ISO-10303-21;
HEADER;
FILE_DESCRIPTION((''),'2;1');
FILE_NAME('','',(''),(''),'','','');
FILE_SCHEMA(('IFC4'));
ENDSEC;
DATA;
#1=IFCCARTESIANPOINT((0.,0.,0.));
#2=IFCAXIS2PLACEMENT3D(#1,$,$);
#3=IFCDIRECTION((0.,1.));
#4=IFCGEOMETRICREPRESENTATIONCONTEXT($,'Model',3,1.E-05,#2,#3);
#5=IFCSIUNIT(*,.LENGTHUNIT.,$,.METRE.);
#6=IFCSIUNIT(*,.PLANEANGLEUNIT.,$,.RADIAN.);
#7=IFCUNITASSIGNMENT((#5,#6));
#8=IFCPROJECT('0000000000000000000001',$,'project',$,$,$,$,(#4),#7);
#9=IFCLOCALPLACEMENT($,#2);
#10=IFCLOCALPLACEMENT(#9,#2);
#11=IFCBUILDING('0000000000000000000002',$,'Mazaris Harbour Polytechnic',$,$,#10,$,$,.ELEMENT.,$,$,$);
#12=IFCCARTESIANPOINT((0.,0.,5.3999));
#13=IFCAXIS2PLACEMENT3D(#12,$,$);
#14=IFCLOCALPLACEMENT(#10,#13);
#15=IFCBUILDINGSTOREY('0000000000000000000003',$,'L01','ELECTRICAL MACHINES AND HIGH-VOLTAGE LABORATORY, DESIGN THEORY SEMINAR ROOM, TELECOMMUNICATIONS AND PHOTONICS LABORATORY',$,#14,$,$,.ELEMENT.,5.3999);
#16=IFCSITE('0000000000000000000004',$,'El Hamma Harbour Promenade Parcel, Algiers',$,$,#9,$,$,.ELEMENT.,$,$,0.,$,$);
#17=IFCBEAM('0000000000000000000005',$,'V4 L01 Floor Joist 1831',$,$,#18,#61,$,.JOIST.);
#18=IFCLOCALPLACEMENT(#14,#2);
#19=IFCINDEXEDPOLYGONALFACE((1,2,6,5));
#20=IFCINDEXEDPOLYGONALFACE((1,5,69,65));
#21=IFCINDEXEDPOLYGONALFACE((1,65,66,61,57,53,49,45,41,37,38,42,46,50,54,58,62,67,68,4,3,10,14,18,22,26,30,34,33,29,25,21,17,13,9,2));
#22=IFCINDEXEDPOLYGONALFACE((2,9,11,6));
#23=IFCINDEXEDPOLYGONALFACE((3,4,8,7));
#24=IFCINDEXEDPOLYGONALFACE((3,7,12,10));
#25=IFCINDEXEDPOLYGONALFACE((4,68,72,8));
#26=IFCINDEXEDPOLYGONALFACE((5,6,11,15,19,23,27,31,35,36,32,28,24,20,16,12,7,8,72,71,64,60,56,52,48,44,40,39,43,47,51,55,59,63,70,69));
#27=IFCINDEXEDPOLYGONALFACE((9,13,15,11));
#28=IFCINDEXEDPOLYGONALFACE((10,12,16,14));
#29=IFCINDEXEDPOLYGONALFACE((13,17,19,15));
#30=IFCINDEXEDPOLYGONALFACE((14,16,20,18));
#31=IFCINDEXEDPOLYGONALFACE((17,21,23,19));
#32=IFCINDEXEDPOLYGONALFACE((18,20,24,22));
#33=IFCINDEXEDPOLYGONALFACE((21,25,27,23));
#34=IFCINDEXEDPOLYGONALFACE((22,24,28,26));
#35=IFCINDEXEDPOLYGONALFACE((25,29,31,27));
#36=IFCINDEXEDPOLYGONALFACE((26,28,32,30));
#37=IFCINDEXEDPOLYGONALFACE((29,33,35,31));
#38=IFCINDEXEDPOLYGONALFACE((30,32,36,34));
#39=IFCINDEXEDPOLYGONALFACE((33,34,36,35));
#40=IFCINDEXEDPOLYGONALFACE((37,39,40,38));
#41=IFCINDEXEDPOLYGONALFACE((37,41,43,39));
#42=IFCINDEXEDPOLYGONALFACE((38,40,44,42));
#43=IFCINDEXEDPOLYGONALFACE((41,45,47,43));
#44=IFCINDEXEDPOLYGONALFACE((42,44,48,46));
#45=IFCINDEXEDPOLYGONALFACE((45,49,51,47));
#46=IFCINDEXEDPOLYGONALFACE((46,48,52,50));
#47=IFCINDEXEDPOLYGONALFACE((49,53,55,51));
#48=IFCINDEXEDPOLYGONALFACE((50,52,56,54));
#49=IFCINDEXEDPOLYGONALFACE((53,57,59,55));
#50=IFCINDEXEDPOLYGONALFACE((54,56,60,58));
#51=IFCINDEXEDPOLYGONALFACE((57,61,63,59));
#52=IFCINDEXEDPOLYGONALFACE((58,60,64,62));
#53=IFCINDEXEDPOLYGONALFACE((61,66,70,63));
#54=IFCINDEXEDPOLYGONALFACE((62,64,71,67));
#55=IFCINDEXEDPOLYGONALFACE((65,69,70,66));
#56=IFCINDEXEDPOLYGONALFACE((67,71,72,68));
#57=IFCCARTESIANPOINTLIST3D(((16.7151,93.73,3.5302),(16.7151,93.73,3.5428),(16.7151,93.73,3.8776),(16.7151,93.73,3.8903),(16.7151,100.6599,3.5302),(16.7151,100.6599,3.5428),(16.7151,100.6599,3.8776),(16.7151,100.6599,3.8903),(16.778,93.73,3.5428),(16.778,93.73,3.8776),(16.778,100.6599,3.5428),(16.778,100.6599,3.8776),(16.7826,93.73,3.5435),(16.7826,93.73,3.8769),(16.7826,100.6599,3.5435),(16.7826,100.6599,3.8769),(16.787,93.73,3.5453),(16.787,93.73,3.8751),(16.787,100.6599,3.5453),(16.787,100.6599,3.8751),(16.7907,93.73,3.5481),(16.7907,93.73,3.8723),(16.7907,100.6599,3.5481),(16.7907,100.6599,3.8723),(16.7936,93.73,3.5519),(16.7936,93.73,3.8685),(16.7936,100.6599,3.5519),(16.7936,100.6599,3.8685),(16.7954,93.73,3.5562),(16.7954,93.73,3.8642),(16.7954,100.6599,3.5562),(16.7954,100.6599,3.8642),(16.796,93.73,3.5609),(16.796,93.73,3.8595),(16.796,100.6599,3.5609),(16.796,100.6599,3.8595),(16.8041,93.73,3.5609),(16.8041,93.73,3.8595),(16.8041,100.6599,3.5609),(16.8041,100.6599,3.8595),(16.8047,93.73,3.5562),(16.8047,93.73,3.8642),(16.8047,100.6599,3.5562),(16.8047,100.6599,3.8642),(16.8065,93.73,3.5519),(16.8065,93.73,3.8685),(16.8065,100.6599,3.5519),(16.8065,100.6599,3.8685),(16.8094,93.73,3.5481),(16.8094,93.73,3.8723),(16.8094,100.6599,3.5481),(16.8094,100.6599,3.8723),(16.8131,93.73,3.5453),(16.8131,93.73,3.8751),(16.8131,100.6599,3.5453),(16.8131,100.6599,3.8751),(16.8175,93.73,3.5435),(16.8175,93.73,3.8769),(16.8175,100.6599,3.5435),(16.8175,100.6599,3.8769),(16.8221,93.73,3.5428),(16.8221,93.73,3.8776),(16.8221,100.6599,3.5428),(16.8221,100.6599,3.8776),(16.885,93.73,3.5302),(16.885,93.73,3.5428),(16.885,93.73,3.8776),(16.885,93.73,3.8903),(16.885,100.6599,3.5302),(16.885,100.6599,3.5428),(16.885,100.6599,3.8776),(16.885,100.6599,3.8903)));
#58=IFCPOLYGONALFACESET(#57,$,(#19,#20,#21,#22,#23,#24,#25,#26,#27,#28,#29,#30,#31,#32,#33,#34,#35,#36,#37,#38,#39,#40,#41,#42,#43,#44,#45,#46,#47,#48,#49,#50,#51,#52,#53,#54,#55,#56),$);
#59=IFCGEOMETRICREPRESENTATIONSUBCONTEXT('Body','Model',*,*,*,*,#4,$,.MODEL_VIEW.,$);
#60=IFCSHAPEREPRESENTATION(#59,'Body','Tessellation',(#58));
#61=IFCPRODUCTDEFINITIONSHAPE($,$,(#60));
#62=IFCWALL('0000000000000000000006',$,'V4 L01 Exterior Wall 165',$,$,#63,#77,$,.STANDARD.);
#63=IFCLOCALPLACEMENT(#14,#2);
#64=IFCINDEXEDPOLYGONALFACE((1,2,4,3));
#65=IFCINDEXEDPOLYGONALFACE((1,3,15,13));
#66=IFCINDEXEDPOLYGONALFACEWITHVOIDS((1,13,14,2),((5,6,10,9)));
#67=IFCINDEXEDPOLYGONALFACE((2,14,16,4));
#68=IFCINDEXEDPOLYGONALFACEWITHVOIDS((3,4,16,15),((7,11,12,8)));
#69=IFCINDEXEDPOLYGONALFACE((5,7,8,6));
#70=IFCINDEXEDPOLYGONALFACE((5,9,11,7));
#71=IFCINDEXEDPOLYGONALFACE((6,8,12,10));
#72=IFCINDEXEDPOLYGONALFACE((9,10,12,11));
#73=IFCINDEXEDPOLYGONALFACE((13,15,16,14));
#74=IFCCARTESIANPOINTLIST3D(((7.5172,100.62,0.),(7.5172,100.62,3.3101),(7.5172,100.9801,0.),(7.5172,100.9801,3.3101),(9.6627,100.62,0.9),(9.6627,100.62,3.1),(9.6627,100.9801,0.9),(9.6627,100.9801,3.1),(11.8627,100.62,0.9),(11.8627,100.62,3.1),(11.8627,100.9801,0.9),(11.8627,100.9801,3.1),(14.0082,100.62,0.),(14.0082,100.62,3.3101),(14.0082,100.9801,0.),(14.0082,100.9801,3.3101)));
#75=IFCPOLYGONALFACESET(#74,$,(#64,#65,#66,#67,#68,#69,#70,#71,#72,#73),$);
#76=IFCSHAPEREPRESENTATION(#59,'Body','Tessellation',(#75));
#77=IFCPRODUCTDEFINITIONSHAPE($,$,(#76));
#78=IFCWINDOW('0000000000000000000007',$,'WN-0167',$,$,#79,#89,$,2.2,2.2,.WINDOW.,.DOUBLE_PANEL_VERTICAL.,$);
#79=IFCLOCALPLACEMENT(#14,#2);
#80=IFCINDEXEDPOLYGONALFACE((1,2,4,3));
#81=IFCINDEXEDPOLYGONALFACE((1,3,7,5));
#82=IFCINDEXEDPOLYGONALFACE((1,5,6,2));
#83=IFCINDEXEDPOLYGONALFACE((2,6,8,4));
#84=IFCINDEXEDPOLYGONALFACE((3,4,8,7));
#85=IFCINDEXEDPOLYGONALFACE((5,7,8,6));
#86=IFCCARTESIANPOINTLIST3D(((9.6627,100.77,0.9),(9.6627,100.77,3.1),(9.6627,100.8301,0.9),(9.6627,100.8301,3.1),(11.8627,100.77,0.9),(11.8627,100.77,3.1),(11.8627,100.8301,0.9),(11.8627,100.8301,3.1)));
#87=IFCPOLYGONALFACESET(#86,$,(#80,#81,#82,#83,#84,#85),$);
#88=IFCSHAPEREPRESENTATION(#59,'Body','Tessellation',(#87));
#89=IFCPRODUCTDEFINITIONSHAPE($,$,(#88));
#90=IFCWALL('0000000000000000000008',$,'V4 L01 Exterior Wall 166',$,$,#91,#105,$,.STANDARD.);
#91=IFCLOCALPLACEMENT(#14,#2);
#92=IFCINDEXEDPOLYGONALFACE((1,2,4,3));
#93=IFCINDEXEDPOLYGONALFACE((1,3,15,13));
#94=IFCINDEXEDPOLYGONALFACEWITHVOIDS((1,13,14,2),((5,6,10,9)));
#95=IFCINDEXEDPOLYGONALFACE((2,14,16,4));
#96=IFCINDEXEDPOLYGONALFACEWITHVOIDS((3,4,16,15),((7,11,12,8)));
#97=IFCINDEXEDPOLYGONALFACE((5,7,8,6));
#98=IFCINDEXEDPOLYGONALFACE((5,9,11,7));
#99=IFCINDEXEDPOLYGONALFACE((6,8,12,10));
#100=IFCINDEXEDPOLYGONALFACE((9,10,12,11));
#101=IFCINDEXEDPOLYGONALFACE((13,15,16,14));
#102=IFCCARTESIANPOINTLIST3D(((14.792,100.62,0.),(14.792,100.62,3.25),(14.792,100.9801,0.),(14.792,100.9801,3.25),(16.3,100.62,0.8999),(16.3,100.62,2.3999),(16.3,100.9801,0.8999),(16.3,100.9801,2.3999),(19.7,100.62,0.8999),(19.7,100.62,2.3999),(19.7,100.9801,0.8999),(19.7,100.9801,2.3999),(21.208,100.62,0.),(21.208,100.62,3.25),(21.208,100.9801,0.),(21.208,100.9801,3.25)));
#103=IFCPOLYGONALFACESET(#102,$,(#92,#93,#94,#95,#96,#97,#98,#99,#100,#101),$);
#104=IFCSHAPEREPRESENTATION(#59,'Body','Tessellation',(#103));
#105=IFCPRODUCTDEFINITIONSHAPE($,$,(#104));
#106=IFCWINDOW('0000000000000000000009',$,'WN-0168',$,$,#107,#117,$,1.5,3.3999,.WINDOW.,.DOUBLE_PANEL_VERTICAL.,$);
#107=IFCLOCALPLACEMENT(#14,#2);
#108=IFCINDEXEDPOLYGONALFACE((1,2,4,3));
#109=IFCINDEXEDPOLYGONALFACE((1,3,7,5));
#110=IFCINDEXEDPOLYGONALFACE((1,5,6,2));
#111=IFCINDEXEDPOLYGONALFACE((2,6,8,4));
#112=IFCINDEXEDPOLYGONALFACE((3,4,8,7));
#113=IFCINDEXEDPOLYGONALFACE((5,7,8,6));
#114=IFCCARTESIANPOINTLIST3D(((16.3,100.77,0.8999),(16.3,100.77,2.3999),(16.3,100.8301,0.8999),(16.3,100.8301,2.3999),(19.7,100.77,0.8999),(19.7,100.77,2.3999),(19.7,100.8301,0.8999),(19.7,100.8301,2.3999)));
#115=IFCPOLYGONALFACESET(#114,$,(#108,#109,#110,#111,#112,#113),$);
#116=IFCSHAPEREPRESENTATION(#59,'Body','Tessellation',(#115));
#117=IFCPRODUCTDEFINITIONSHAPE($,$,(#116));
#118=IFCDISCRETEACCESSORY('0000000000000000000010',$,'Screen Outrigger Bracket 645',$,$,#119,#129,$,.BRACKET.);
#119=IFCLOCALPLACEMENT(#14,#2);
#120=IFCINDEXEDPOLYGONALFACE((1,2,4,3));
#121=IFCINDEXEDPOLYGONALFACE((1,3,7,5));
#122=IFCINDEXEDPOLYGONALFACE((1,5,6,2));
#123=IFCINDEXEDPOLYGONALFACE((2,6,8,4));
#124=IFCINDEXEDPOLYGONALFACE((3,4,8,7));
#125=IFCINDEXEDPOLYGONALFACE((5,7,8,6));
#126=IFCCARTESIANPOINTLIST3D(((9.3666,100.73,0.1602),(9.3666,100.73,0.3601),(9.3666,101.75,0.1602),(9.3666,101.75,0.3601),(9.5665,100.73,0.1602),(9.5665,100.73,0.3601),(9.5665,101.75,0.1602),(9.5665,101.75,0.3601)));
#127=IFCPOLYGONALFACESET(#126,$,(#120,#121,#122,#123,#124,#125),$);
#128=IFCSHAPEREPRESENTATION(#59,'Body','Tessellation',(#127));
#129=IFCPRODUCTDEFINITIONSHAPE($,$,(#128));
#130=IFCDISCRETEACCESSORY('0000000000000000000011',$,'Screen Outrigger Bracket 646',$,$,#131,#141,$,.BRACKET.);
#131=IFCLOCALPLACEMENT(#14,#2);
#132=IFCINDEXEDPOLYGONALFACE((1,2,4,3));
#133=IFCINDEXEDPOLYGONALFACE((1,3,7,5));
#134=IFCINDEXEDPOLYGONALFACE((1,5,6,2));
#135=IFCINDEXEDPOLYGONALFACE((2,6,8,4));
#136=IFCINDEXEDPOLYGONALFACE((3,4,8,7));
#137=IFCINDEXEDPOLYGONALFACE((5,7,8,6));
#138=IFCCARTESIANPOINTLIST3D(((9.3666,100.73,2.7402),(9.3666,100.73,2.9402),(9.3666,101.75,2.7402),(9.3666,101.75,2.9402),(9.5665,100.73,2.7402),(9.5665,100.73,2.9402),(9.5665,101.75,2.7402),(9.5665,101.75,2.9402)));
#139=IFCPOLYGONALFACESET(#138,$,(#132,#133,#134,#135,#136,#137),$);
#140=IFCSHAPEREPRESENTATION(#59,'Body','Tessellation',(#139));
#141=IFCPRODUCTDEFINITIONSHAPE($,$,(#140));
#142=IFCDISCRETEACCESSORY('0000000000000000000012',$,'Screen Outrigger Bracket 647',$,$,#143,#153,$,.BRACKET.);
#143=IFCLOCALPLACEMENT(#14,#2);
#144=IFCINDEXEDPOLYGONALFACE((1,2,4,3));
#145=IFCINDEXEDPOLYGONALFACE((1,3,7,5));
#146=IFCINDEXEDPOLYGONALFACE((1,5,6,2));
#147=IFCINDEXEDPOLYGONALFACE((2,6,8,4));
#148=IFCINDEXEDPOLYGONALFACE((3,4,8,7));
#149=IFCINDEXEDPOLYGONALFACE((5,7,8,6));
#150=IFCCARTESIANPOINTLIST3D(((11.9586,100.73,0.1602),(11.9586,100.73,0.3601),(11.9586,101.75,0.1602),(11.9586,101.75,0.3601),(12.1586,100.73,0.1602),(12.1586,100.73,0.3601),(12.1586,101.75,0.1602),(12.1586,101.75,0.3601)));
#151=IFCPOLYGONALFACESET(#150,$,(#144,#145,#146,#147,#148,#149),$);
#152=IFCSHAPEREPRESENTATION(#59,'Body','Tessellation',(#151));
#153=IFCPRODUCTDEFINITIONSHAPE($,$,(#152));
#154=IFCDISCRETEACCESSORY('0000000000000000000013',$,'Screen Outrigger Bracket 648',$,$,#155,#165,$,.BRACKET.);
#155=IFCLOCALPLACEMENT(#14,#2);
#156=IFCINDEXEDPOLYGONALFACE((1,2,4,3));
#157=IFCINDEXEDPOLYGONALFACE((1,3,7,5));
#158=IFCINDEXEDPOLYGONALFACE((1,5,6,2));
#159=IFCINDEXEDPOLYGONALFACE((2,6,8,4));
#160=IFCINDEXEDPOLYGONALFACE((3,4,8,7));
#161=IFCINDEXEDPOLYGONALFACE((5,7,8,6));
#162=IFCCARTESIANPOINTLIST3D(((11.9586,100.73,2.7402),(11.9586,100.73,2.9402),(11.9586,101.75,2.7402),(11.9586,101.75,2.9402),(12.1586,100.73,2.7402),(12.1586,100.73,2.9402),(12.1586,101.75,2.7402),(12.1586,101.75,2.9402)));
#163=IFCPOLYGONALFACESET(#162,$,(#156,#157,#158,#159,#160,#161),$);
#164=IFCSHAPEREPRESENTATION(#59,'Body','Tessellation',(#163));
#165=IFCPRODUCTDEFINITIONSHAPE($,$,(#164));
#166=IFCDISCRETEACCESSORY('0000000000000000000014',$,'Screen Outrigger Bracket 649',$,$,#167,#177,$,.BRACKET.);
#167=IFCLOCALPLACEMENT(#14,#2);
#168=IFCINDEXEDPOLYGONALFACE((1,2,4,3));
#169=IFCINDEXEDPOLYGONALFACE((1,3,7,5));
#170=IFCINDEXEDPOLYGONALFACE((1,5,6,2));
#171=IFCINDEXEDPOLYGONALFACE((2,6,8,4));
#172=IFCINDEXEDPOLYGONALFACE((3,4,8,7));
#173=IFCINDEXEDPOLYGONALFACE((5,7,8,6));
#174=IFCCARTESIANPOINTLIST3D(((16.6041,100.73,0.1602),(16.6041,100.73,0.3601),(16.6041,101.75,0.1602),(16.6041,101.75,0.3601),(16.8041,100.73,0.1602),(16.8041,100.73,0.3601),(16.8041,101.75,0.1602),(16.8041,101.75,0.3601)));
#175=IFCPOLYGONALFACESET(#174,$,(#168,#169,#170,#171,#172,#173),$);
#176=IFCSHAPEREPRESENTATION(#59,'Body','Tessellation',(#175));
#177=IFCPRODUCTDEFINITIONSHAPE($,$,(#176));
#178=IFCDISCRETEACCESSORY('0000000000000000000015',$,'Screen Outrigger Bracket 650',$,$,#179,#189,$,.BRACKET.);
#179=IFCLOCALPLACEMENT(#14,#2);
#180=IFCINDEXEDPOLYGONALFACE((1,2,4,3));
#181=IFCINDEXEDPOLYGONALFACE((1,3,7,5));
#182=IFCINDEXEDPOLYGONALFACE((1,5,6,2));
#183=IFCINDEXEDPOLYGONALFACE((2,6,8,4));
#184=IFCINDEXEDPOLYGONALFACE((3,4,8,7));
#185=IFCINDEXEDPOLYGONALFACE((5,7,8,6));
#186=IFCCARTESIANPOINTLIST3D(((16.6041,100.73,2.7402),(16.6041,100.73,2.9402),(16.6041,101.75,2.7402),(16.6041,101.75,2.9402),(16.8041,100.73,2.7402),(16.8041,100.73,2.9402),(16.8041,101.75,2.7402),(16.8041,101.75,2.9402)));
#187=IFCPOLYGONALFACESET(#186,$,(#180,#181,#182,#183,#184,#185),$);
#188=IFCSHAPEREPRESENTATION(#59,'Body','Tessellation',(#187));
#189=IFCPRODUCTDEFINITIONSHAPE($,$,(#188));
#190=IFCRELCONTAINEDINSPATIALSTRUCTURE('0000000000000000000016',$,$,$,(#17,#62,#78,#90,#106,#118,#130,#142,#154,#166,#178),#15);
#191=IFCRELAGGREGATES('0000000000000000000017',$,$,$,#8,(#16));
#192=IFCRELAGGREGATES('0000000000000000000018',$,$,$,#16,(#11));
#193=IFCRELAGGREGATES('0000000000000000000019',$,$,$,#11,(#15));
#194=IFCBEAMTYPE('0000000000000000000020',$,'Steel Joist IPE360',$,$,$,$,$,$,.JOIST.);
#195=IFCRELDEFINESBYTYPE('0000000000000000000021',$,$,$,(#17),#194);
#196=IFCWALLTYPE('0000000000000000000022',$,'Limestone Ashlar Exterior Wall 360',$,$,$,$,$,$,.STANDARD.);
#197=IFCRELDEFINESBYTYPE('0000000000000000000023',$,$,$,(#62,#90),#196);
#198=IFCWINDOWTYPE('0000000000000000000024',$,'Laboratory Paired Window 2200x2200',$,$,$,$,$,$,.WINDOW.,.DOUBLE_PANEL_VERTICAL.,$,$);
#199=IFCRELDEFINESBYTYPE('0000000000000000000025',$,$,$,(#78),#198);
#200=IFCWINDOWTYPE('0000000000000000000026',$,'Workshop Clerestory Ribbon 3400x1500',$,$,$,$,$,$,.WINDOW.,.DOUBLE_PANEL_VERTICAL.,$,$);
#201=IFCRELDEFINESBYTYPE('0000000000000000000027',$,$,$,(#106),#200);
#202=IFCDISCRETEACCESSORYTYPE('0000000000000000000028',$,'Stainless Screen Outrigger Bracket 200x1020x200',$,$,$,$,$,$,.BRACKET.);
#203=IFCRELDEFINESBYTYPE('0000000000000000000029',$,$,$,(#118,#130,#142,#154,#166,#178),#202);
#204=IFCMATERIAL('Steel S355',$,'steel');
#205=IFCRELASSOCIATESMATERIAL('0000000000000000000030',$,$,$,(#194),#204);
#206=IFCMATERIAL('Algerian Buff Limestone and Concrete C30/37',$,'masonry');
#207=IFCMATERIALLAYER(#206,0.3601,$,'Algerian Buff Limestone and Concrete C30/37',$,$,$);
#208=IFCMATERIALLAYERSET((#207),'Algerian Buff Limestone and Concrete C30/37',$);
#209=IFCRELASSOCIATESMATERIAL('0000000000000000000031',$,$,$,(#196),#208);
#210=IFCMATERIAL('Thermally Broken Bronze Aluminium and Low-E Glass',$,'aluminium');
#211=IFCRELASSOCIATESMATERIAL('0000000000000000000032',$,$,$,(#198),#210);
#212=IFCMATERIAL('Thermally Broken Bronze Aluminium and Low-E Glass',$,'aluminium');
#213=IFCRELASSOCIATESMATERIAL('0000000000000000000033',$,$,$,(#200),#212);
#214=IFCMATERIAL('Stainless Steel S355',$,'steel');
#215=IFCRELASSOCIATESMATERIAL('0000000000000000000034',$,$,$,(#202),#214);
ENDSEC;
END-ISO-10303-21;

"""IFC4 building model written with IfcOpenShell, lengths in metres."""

from ifc_helpers import new_model, si_unit, direction, frame, frame_2d, origin, origin_2d, place, context, subcontext, project, spatial, rectangle, i_section, extrude, material, layer, layer_set, material_profile, profile_set, type_object, element, fill, save


model = new_model("IFC4")

# Units and contexts
model_context = context("Model", 3, precision=1e-05, world=origin(), true_north=direction((0.0, 1.0)))
body_context = subcontext(model_context, "Body", "Model", "MODEL_VIEW")
ifc_project = project(units=[si_unit("LENGTHUNIT", "METRE"), si_unit("PLANEANGLEUNIT", "RADIAN")], contexts=[model_context])

# Site, building, storey
site_placement = place(None, origin())
site = spatial("IfcSite", under=ifc_project, at=site_placement, Name="El Hamma Harbour Promenade Parcel, Algiers", CompositionType="ELEMENT", RefElevation=0.0)
building_placement = place(site_placement, origin())
building = spatial("IfcBuilding", under=site, at=building_placement, Name="Mazaris Harbour Polytechnic", CompositionType="ELEMENT")
storey_placement = place(building_placement, frame((0.0, 0.0, 5.3999)))
storey = spatial("IfcBuildingStorey", under=building, at=storey_placement, Name="L01", Description="ELECTRICAL MACHINES AND HIGH-VOLTAGE LABORATORY, DESIGN THEORY SEMINAR ROOM, TELECOMMUNICATIONS AND PHOTONICS LABORATORY", CompositionType="ELEMENT", Elevation=5.3999)

# Beam
ifc_material_1 = material(Name="Steel S355", Category="steel")
ifc_material_profile_1 = material_profile(ifc_material_1, i_section(OverallWidth=0.1699, OverallDepth=0.3601, WebThickness=0.0081, FlangeThickness=0.0127, FilletRadius=0.0181, at=origin_2d()), Name="IPE 360")
ifc_profile_set_1 = profile_set([ifc_material_profile_1], Name="Steel S355")
beam_type_1 = type_object("IfcBeamType", Name="Steel Joist IPE360", PredefinedType="JOIST", material=ifc_profile_set_1)
beam_1_placement = place(storey_placement, frame((16.8, 93.73, 3.7102), z_axis=(0.0, 1.0, 0.0), x_axis=(-1.0, 0.0, 0.0)))
element("IfcBeam", 1, at=beam_1_placement, inside=storey, type_object=beam_type_1, Name="V4 L01 Floor Joist 1831", PredefinedType="JOIST", context=body_context, shape_type="SweptSolid", body=[
    extrude(i_section(OverallWidth=0.1699, OverallDepth=0.3601, WebThickness=0.0081, FlangeThickness=0.0127, FilletRadius=0.0181, at=origin_2d()), origin(), (0.0, 0.0, 1.0), 6.9299),
])

# Walls, openings, windows
ifc_material_2 = material(Name="Algerian Buff Limestone and Concrete C30/37", Category="masonry")
ifc_layer = layer(ifc_material_2, 0.3601, Name="Algerian Buff Limestone and Concrete C30/37")
ifc_layer_set = layer_set([ifc_layer], Name="Algerian Buff Limestone and Concrete C30/37")
wall_type = type_object("IfcWallType", Name="Limestone Ashlar Exterior Wall 360", PredefinedType="STANDARD", material=ifc_layer_set)
wall_1_placement = place(storey_placement, frame((7.5171, 100.8, 0.0), z_axis=(0.0, 0.0, 1.0), x_axis=(1.0, 0.0, 0.0)))
wall_1 = element("IfcWall", 2, at=wall_1_placement, inside=storey, type_object=wall_type, Name="V4 L01 Exterior Wall 165", PredefinedType="STANDARD", context=body_context, shape_type="SweptSolid", body=[
    extrude(rectangle(XDim=6.491, YDim=0.3601, at=frame_2d((3.2456, 0.0))), origin(), (0.0, 0.0, 1.0), 3.3101),
])
opening_1_placement = place(wall_1_placement, frame((2.1455, 0.0, 0.8999)))
opening_1 = element("IfcOpeningElement", 3, at=opening_1_placement, cuts=wall_1, PredefinedType="OPENING", context=body_context, shape_type="SweptSolid", body=[
    extrude(rectangle(XDim=2.2, YDim=2.2, at=frame_2d((1.1001, 1.1001))), frame((0.0, 0.1899, 0.0), z_axis=(0.0, -1.0, 0.0), x_axis=(1.0, 0.0, 0.0)), (0.0, 0.0, 1.0), 0.3801),
])
ifc_material_3 = material(Name="Thermally Broken Bronze Aluminium and Low-E Glass", Category="aluminium")
window_type_1 = type_object("IfcWindowType", Name="Laboratory Paired Window 2200x2200", PartitioningType="DOUBLE_PANEL_VERTICAL", PredefinedType="WINDOW", material=ifc_material_3)
window_1_placement = place(opening_1_placement, origin())
window_1 = element("IfcWindow", 4, at=window_1_placement, inside=storey, type_object=window_type_1, Name="WN-0167", OverallHeight=2.2, OverallWidth=2.2, PartitioningType="DOUBLE_PANEL_VERTICAL", PredefinedType="WINDOW", context=body_context, shape_type="SweptSolid", body=[
    extrude(rectangle(XDim=2.2, YDim=2.2, at=frame_2d((1.1001, 1.1001))), frame((0.0, 0.03, 0.0), z_axis=(0.0, -1.0, 0.0), x_axis=(1.0, 0.0, 0.0)), (0.0, 0.0, 1.0), 0.0601),
])
fill(opening_1, window_1)
wall_2_placement = place(storey_placement, frame((14.792, 100.8, 0.0), z_axis=(0.0, 0.0, 1.0), x_axis=(1.0, 0.0, 0.0)))
wall_2 = element("IfcWall", 5, at=wall_2_placement, inside=storey, type_object=wall_type, Name="V4 L01 Exterior Wall 166", PredefinedType="STANDARD", context=body_context, shape_type="SweptSolid", body=[
    extrude(rectangle(XDim=6.416, YDim=0.3601, at=frame_2d((3.208, 0.0))), origin(), (0.0, 0.0, 1.0), 3.25),
])
opening_2_placement = place(wall_2_placement, frame((1.5081, 0.0, 0.8999)))
opening_2 = element("IfcOpeningElement", 6, at=opening_2_placement, cuts=wall_2, PredefinedType="OPENING", context=body_context, shape_type="SweptSolid", body=[
    extrude(rectangle(XDim=3.3999, YDim=1.5, at=frame_2d((1.7, 0.75))), frame((0.0, 0.1899, 0.0), z_axis=(0.0, -1.0, 0.0), x_axis=(1.0, 0.0, 0.0)), (0.0, 0.0, 1.0), 0.3801),
])
ifc_material_4 = material(Name="Thermally Broken Bronze Aluminium and Low-E Glass", Category="aluminium")
window_type_2 = type_object("IfcWindowType", Name="Workshop Clerestory Ribbon 3400x1500", PartitioningType="DOUBLE_PANEL_VERTICAL", PredefinedType="WINDOW", material=ifc_material_4)
window_2_placement = place(opening_2_placement, origin())
window_2 = element("IfcWindow", 7, at=window_2_placement, inside=storey, type_object=window_type_2, Name="WN-0168", OverallHeight=1.5, OverallWidth=3.3999, PartitioningType="DOUBLE_PANEL_VERTICAL", PredefinedType="WINDOW", context=body_context, shape_type="SweptSolid", body=[
    extrude(rectangle(XDim=3.3999, YDim=1.5, at=frame_2d((1.7, 0.75))), frame((0.0, 0.03, 0.0), z_axis=(0.0, -1.0, 0.0), x_axis=(1.0, 0.0, 0.0)), (0.0, 0.0, 1.0), 0.0601),
])
fill(opening_2, window_2)

# Discrete accessories
ifc_material_5 = material(Name="Stainless Steel S355", Category="steel")
discrete_accessory_type = type_object("IfcDiscreteAccessoryType", Name="Stainless Screen Outrigger Bracket 200x1020x200", PredefinedType="BRACKET", material=ifc_material_5)
for number, where, z_axis, x_axis, name in (
    (8, (9.4666, 101.24, 0.1602), (0.0, 0.0, 1.0), (1.0, 0.0, 0.0), "Screen Outrigger Bracket 645"),
    (9, (9.4666, 101.24, 2.7402), (0.0, 0.0, 1.0), (1.0, 0.0, 0.0), "Screen Outrigger Bracket 646"),
    (10, (12.0586, 101.24, 0.1602), (0.0, 0.0, 1.0), (1.0, 0.0, 0.0), "Screen Outrigger Bracket 647"),
    (11, (12.0586, 101.24, 2.7402), (0.0, 0.0, 1.0), (1.0, 0.0, 0.0), "Screen Outrigger Bracket 648"),
    (12, (16.7041, 101.24, 0.1602), (0.0, 0.0, 1.0), (1.0, 0.0, 0.0), "Screen Outrigger Bracket 649"),
    (13, (16.7041, 101.24, 2.7402), (0.0, 0.0, 1.0), (1.0, 0.0, 0.0), "Screen Outrigger Bracket 650"),
):
    element("IfcDiscreteAccessory", number, at=place(storey_placement, frame(where, z_axis=z_axis, x_axis=x_axis)), inside=storey, type_object=discrete_accessory_type, Name=name, PredefinedType="BRACKET", context=body_context, shape_type="SweptSolid", body=[
        extrude(rectangle(XDim=0.2, YDim=1.02, at=origin_2d()), origin(), (0.0, 0.0, 1.0), 0.2),
    ])

save(model, "model.ifc")
